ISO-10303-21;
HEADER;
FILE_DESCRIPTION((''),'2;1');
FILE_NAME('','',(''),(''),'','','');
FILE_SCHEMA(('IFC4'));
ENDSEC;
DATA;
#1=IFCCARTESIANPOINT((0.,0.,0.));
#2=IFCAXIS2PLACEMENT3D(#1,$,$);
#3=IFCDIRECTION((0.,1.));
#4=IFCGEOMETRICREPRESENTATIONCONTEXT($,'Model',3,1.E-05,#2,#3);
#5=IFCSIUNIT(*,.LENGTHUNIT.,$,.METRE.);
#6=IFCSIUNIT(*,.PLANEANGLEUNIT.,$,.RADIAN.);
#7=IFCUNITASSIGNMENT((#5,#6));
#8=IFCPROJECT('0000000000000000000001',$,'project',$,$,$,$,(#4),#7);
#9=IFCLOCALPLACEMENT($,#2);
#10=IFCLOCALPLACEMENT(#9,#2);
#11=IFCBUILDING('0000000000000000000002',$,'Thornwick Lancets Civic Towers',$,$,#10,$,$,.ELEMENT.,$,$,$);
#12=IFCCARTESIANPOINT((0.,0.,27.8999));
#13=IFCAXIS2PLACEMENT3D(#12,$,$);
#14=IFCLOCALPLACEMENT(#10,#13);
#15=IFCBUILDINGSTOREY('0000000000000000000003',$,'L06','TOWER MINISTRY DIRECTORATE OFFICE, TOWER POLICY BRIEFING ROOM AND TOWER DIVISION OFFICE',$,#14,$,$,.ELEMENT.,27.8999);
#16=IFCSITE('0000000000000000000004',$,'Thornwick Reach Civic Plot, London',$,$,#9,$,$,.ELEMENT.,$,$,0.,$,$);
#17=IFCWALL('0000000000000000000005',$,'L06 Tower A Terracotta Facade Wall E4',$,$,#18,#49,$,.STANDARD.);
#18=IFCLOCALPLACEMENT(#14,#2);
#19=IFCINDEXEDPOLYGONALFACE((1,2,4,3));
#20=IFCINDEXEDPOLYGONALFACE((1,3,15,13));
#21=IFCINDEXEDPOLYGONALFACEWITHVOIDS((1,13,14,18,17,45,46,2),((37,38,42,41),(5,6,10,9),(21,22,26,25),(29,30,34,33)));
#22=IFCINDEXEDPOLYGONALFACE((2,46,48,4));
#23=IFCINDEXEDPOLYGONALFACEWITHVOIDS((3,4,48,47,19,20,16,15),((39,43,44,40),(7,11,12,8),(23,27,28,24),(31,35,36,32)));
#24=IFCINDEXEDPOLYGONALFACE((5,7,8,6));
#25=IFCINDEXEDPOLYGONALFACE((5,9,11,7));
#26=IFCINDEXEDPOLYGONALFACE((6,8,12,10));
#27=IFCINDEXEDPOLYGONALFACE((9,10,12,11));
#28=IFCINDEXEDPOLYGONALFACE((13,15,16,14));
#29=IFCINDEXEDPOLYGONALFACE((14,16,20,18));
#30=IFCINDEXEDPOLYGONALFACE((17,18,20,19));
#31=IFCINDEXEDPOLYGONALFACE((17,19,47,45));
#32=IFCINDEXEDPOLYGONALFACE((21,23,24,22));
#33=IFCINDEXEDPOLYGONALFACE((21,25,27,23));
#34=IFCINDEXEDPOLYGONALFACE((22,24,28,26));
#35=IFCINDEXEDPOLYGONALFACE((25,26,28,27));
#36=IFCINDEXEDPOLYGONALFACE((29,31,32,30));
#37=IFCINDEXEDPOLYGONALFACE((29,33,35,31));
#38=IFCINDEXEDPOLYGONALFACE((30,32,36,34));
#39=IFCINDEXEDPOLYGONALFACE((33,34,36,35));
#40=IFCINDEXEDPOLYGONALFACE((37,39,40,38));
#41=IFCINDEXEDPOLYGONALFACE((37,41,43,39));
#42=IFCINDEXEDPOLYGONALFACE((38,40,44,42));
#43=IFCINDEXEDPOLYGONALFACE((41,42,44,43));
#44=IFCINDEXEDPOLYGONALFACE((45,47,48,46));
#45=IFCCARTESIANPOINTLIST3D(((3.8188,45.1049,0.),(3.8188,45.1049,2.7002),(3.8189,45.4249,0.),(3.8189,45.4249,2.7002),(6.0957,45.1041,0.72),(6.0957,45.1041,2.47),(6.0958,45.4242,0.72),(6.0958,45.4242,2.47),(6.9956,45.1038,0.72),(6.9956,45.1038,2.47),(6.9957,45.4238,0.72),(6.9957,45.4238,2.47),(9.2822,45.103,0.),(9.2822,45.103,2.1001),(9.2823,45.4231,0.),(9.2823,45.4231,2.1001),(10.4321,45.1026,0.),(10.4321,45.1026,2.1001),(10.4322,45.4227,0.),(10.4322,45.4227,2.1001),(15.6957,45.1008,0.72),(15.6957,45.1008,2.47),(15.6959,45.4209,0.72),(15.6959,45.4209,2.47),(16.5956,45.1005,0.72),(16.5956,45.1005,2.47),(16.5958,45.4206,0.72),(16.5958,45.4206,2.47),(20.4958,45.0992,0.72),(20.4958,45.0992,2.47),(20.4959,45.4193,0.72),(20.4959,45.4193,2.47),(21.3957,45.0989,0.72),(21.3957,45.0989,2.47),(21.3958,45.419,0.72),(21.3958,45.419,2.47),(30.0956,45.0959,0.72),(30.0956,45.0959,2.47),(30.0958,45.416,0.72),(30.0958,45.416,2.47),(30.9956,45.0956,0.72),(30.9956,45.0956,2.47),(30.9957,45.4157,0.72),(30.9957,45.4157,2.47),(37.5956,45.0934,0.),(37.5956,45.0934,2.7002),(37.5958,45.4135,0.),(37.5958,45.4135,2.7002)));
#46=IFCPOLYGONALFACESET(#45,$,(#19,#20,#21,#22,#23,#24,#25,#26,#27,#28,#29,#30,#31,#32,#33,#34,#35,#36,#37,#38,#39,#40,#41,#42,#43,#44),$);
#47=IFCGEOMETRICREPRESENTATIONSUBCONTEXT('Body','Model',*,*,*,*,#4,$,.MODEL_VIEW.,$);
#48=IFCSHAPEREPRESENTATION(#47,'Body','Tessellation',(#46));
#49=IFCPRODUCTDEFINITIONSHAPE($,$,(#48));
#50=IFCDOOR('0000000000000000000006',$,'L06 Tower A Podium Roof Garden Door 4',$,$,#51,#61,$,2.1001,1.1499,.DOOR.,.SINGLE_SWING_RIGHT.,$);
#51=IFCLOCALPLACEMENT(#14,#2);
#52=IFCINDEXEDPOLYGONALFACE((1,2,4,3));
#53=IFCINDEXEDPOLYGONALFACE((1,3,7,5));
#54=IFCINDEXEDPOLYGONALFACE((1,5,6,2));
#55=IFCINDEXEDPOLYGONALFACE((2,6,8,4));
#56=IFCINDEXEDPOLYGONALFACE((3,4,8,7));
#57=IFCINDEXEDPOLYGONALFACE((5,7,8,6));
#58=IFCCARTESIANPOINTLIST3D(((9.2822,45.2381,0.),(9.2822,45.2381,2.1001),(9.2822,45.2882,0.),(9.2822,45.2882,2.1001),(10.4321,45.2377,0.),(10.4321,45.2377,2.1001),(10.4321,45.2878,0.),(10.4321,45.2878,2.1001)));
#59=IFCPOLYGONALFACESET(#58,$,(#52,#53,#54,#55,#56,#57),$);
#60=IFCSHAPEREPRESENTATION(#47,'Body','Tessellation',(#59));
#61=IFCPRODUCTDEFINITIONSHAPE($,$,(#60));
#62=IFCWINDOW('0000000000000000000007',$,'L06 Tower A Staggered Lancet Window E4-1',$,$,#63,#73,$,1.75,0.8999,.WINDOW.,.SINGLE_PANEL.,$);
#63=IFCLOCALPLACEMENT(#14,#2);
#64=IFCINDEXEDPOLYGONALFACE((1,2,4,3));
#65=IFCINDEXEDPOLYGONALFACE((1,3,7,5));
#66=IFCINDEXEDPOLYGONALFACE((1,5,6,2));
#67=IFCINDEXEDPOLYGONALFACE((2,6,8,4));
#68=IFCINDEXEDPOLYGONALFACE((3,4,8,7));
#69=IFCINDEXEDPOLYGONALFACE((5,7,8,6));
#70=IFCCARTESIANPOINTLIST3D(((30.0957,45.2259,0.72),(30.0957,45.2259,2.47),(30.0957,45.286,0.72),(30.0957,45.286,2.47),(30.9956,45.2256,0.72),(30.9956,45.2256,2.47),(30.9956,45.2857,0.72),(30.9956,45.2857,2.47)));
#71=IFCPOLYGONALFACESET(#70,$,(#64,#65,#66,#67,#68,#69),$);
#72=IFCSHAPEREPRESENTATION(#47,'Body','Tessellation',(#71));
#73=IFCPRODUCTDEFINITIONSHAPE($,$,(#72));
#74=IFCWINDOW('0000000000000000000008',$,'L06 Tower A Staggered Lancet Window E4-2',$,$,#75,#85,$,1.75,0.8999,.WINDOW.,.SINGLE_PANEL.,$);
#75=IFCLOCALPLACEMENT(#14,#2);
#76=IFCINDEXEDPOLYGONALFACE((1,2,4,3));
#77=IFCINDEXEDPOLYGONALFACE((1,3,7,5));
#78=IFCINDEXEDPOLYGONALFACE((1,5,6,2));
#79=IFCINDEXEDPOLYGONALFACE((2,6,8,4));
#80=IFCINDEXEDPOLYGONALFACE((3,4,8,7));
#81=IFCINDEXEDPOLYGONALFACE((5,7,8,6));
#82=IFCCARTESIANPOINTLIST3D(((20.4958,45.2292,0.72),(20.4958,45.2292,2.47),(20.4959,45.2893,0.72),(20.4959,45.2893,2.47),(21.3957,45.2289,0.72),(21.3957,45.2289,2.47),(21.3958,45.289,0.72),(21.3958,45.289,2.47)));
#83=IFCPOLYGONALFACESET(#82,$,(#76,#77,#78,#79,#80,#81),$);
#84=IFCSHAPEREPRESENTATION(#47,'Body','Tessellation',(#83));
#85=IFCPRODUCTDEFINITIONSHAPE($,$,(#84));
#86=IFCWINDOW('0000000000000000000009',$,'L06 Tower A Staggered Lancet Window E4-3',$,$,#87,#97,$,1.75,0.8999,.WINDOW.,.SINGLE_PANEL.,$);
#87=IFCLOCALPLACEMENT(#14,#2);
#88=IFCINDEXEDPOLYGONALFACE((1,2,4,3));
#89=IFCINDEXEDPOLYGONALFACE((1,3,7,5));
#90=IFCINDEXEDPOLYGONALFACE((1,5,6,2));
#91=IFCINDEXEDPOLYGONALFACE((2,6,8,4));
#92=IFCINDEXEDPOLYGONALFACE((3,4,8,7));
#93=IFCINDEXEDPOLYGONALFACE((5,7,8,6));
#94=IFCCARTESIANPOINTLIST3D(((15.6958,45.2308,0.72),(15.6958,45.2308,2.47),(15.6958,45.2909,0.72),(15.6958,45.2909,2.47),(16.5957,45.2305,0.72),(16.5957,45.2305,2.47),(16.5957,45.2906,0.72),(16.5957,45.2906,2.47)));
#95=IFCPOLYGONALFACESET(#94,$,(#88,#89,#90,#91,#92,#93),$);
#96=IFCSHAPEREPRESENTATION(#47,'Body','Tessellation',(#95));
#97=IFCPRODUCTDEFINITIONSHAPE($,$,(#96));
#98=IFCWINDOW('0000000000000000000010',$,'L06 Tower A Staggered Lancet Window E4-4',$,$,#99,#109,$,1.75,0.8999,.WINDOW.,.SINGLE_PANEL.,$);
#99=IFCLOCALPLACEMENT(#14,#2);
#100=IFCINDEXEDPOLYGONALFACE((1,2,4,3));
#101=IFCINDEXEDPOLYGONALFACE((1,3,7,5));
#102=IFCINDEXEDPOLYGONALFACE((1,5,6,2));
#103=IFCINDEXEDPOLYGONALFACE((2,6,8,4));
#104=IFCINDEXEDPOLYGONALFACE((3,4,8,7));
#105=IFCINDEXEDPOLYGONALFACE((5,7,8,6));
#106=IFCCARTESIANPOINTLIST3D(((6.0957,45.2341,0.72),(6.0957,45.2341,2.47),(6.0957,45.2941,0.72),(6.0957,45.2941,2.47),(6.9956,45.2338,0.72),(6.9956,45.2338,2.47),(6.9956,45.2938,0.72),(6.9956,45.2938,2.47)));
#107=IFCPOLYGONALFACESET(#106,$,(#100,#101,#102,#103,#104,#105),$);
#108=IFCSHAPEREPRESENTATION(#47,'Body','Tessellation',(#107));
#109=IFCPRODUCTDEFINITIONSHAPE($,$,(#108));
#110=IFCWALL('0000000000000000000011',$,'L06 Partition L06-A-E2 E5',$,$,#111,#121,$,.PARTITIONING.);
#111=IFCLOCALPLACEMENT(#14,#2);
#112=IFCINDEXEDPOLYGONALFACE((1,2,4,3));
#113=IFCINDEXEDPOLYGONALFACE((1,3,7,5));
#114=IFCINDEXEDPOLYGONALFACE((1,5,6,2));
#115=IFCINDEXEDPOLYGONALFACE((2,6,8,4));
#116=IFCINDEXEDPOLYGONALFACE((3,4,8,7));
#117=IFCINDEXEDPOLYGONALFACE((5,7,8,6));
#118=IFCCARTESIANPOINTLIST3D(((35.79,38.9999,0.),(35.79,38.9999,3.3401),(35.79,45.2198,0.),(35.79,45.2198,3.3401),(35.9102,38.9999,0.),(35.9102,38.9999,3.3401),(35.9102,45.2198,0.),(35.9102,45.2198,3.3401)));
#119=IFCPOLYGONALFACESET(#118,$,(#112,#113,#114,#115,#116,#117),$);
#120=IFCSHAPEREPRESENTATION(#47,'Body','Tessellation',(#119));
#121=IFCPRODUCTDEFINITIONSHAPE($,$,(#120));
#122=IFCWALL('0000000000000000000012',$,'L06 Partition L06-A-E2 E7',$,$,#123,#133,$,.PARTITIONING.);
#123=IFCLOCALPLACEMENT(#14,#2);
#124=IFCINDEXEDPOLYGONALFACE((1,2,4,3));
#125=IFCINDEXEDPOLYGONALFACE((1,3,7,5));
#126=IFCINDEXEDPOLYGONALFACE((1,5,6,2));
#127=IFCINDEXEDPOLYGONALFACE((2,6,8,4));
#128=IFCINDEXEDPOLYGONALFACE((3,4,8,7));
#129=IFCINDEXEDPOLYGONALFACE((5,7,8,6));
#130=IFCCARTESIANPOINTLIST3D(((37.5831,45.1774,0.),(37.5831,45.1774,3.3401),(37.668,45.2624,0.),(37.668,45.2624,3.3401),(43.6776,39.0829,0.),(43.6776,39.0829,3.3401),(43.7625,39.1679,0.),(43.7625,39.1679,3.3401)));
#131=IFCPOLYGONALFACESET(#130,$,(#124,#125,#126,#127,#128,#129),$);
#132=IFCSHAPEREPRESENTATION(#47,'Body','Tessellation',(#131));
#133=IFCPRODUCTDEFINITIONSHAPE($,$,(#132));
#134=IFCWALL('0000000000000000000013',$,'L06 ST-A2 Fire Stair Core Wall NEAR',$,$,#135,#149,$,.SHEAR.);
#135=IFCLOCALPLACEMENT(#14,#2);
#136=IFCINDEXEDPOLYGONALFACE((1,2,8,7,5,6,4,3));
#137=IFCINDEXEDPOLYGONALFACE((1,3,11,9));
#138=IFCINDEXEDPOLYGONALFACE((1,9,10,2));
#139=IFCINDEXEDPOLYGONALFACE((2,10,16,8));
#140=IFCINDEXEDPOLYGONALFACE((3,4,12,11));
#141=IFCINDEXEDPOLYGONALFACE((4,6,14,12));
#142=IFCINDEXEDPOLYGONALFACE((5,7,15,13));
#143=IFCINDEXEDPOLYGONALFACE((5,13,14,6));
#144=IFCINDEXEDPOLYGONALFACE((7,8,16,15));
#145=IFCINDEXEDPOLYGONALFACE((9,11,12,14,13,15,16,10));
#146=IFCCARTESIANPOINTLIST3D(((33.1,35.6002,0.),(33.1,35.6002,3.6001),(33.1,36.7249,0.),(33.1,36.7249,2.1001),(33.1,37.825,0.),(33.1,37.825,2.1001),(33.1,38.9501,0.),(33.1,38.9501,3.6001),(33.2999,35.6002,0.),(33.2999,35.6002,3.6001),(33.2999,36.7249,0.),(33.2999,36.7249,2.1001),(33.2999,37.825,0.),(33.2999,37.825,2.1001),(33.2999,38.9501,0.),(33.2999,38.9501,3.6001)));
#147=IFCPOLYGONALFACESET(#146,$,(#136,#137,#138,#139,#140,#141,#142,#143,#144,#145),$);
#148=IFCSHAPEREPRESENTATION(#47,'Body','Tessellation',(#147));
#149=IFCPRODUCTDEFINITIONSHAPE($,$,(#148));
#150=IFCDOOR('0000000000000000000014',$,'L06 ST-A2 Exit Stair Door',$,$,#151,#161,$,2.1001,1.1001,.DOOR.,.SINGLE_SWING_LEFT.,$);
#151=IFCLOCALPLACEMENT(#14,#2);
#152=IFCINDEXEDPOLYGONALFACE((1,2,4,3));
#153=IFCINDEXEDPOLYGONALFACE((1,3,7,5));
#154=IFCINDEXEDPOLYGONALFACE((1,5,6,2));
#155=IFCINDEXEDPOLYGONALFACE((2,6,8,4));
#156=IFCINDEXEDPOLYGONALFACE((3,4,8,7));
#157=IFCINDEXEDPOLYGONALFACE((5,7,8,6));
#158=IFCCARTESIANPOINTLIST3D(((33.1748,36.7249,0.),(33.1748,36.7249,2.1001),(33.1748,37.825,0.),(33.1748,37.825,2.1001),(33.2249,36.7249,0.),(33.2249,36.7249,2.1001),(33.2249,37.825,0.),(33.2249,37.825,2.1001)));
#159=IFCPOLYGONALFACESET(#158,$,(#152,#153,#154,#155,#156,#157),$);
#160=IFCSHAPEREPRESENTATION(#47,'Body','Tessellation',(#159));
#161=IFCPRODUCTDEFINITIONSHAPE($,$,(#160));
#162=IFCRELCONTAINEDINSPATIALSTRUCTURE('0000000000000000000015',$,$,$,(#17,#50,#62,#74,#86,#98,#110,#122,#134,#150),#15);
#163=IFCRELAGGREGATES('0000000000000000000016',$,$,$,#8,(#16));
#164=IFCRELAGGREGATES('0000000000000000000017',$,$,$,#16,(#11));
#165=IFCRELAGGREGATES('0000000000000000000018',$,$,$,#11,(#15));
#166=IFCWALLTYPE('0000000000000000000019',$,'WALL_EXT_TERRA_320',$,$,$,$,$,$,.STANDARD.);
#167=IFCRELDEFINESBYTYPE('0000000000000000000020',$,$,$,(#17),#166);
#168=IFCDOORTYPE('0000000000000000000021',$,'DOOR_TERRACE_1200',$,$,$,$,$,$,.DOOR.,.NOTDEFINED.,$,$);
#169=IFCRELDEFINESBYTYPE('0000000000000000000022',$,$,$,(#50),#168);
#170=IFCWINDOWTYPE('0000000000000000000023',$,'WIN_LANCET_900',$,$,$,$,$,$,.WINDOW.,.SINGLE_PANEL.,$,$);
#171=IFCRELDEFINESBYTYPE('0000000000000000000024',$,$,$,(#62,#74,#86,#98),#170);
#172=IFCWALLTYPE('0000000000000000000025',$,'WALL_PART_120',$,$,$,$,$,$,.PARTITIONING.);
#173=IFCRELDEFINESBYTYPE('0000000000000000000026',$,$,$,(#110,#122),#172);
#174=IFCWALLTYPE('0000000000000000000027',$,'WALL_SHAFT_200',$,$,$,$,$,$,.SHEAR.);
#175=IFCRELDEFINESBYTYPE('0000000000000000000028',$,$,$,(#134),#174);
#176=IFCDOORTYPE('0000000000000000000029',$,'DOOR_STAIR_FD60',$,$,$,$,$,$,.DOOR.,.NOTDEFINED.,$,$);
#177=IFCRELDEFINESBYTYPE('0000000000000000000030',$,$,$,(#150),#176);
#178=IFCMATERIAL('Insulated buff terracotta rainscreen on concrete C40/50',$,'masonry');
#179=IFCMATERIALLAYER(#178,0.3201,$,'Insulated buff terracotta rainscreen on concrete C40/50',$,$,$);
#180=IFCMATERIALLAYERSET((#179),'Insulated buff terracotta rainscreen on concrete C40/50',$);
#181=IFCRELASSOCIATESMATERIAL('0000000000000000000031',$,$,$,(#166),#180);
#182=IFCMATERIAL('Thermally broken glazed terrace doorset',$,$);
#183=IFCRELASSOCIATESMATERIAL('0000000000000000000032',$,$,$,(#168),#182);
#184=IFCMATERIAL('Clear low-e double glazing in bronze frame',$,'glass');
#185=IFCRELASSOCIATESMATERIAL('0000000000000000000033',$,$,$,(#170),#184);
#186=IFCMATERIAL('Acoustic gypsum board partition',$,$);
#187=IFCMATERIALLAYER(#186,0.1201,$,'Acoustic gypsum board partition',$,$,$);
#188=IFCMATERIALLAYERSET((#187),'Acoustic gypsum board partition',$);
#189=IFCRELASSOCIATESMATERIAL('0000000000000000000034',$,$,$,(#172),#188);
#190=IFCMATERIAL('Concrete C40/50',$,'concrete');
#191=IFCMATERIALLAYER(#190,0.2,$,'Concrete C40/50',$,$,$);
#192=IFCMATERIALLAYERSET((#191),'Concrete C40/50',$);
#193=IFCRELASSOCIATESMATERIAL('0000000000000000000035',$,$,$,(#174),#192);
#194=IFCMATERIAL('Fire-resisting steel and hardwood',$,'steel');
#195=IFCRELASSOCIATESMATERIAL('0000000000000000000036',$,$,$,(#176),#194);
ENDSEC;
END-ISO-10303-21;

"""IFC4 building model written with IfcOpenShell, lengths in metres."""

from ifc_helpers import new_model, si_unit, direction, frame, frame_2d, origin, place, context, subcontext, project, spatial, rectangle, extrude, material, layer, layer_set, type_object, element, fill, save


model = new_model("IFC4")

# Units and contexts
model_context = context("Model", 3, precision=1e-05, world=origin(), true_north=direction((0.0, 1.0)))
body_context = subcontext(model_context, "Body", "Model", "MODEL_VIEW")
ifc_project = project(units=[si_unit("LENGTHUNIT", "METRE"), si_unit("PLANEANGLEUNIT", "RADIAN")], contexts=[model_context])

# Site, building, storey
site_placement = place(None, origin())
site = spatial("IfcSite", under=ifc_project, at=site_placement, Name="Thornwick Reach Civic Plot, London", CompositionType="ELEMENT", RefElevation=0.0)
building_placement = place(site_placement, origin())
building = spatial("IfcBuilding", under=site, at=building_placement, Name="Thornwick Lancets Civic Towers", CompositionType="ELEMENT")
storey_placement = place(building_placement, frame((0.0, 0.0, 27.8999)))
storey = spatial("IfcBuildingStorey", under=building, at=storey_placement, Name="L06", Description="TOWER MINISTRY DIRECTORATE OFFICE, TOWER POLICY BRIEFING ROOM AND TOWER DIVISION OFFICE", CompositionType="ELEMENT", Elevation=27.8999)

# Wall, openings, door, windows
ifc_material_1 = material(Name="Insulated buff terracotta rainscreen on concrete C40/50", Category="masonry")
ifc_layer_1 = layer(ifc_material_1, 0.3201, Name="Insulated buff terracotta rainscreen on concrete C40/50")
ifc_layer_set_1 = layer_set([ifc_layer_1], Name="Insulated buff terracotta rainscreen on concrete C40/50")
wall_type_1 = type_object("IfcWallType", Name="WALL_EXT_TERRA_320", PredefinedType="STANDARD", material=ifc_layer_set_1)
wall_1_placement = place(storey_placement, frame((37.5957, 45.2534, 0.0), z_axis=(0.0, 0.0, 1.0), x_axis=(-1.0, 0.00034, 0.0)))
wall_1 = element("IfcWall", 1, at=wall_1_placement, inside=storey, type_object=wall_type_1, Name="L06 Tower A Terracotta Facade Wall E4", PredefinedType="STANDARD", context=body_context, shape_type="SweptSolid", body=[
    extrude(rectangle(XDim=33.7769, YDim=0.3201, at=frame_2d((16.8884, 0.0))), origin(), (0.0, 0.0, 1.0), 2.7002),
])
opening_1_placement = place(wall_1_placement, frame((27.1636, 0.0, 0.0)))
opening_1 = element("IfcOpeningElement", 2, at=opening_1_placement, cuts=wall_1, PredefinedType="OPENING", context=body_context, shape_type="SweptSolid", body=[
    extrude(rectangle(XDim=1.1499, YDim=2.1001, at=frame_2d((0.575, 1.05))), frame((0.0, 0.1699, 0.0), z_axis=(0.0, -1.0, 0.0), x_axis=(1.0, 0.0, 0.0)), (0.0, 0.0, 1.0), 0.3401),
])
opening_2_placement = place(wall_1_placement, frame((6.6001, 0.0, 0.72)))
opening_2 = element("IfcOpeningElement", 3, at=opening_2_placement, cuts=wall_1, PredefinedType="OPENING", context=body_context, shape_type="SweptSolid", body=[
    extrude(rectangle(XDim=0.8999, YDim=1.75, at=frame_2d((0.45, 0.875))), frame((0.0, 0.1699, 0.0), z_axis=(0.0, -1.0, 0.0), x_axis=(1.0, 0.0, 0.0)), (0.0, 0.0, 1.0), 0.3401),
])
opening_3_placement = place(wall_1_placement, frame((16.2, 0.0, 0.72)))
opening_3 = element("IfcOpeningElement", 4, at=opening_3_placement, cuts=wall_1, PredefinedType="OPENING", context=body_context, shape_type="SweptSolid", body=[
    extrude(rectangle(XDim=0.8999, YDim=1.75, at=frame_2d((0.45, 0.875))), frame((0.0, 0.1699, 0.0), z_axis=(0.0, -1.0, 0.0), x_axis=(1.0, 0.0, 0.0)), (0.0, 0.0, 1.0), 0.3401),
])
opening_4_placement = place(wall_1_placement, frame((21.0, 0.0, 0.72)))
opening_4 = element("IfcOpeningElement", 5, at=opening_4_placement, cuts=wall_1, PredefinedType="OPENING", context=body_context, shape_type="SweptSolid", body=[
    extrude(rectangle(XDim=0.8999, YDim=1.75, at=frame_2d((0.45, 0.875))), frame((0.0, 0.1699, 0.0), z_axis=(0.0, -1.0, 0.0), x_axis=(1.0, 0.0, 0.0)), (0.0, 0.0, 1.0), 0.3401),
])
opening_5_placement = place(wall_1_placement, frame((30.6001, 0.0, 0.72)))
opening_5 = element("IfcOpeningElement", 6, at=opening_5_placement, cuts=wall_1, PredefinedType="OPENING", context=body_context, shape_type="SweptSolid", body=[
    extrude(rectangle(XDim=0.8999, YDim=1.75, at=frame_2d((0.45, 0.875))), frame((0.0, 0.1699, 0.0), z_axis=(0.0, -1.0, 0.0), x_axis=(1.0, 0.0, 0.0)), (0.0, 0.0, 1.0), 0.3401),
])
ifc_material_2 = material(Name="Thermally broken glazed terrace doorset")
door_type_1 = type_object("IfcDoorType", Name="DOOR_TERRACE_1200", OperationType="NOTDEFINED", PredefinedType="DOOR", material=ifc_material_2)
door_1_placement = place(opening_1_placement, origin())
door_1 = element("IfcDoor", 7, at=door_1_placement, inside=storey, type_object=door_type_1, Name="L06 Tower A Podium Roof Garden Door 4", OperationType="SINGLE_SWING_RIGHT", OverallHeight=2.1001, OverallWidth=1.1499, PredefinedType="DOOR", context=body_context, shape_type="SweptSolid", body=[
    extrude(rectangle(XDim=1.1499, YDim=2.1001, at=frame_2d((0.575, 1.05))), frame((0.0, 0.0249, 0.0), z_axis=(0.0, -1.0, 0.0), x_axis=(1.0, 0.0, 0.0)), (0.0, 0.0, 1.0), 0.05),
])
fill(opening_1, door_1)
ifc_material_3 = material(Name="Clear low-e double glazing in bronze frame", Category="glass")
window_type = type_object("IfcWindowType", Name="WIN_LANCET_900", PartitioningType="SINGLE_PANEL", PredefinedType="WINDOW", material=ifc_material_3)
window_1_placement = place(opening_2_placement, origin())
window_1 = element("IfcWindow", 8, at=window_1_placement, inside=storey, type_object=window_type, Name="L06 Tower A Staggered Lancet Window E4-1", OverallHeight=1.75, OverallWidth=0.8999, PartitioningType="SINGLE_PANEL", PredefinedType="WINDOW", context=body_context, shape_type="SweptSolid", body=[
    extrude(rectangle(XDim=0.8999, YDim=1.75, at=frame_2d((0.45, 0.875))), frame((0.0, 0.03, 0.0), z_axis=(0.0, -1.0, 0.0), x_axis=(1.0, 0.0, 0.0)), (0.0, 0.0, 1.0), 0.0601),
])
fill(opening_2, window_1)
window_2_placement = place(opening_3_placement, origin())
window_2 = element("IfcWindow", 9, at=window_2_placement, inside=storey, type_object=window_type, Name="L06 Tower A Staggered Lancet Window E4-2", OverallHeight=1.75, OverallWidth=0.8999, PartitioningType="SINGLE_PANEL", PredefinedType="WINDOW", context=body_context, shape_type="SweptSolid", body=[
    extrude(rectangle(XDim=0.8999, YDim=1.75, at=frame_2d((0.45, 0.875))), frame((0.0, 0.03, 0.0), z_axis=(0.0, -1.0, 0.0), x_axis=(1.0, 0.0, 0.0)), (0.0, 0.0, 1.0), 0.0601),
])
fill(opening_3, window_2)
window_3_placement = place(opening_4_placement, origin())
window_3 = element("IfcWindow", 10, at=window_3_placement, inside=storey, type_object=window_type, Name="L06 Tower A Staggered Lancet Window E4-3", OverallHeight=1.75, OverallWidth=0.8999, PartitioningType="SINGLE_PANEL", PredefinedType="WINDOW", context=body_context, shape_type="SweptSolid", body=[
    extrude(rectangle(XDim=0.8999, YDim=1.75, at=frame_2d((0.45, 0.875))), frame((0.0, 0.03, 0.0), z_axis=(0.0, -1.0, 0.0), x_axis=(1.0, 0.0, 0.0)), (0.0, 0.0, 1.0), 0.0601),
])
fill(opening_4, window_3)
window_4_placement = place(opening_5_placement, origin())
window_4 = element("IfcWindow", 11, at=window_4_placement, inside=storey, type_object=window_type, Name="L06 Tower A Staggered Lancet Window E4-4", OverallHeight=1.75, OverallWidth=0.8999, PartitioningType="SINGLE_PANEL", PredefinedType="WINDOW", context=body_context, shape_type="SweptSolid", body=[
    extrude(rectangle(XDim=0.8999, YDim=1.75, at=frame_2d((0.45, 0.875))), frame((0.0, 0.03, 0.0), z_axis=(0.0, -1.0, 0.0), x_axis=(1.0, 0.0, 0.0)), (0.0, 0.0, 1.0), 0.0601),
])
fill(opening_5, window_4)

# Walls
ifc_material_4 = material(Name="Acoustic gypsum board partition")
ifc_layer_2 = layer(ifc_material_4, 0.1201, Name="Acoustic gypsum board partition")
ifc_layer_set_2 = layer_set([ifc_layer_2], Name="Acoustic gypsum board partition")
wall_type_2 = type_object("IfcWallType", Name="WALL_PART_120", PredefinedType="PARTITIONING", material=ifc_layer_set_2)
wall_2_placement = place(storey_placement, frame((35.8501, 39.0, 0.0), z_axis=(0.0, 0.0, 1.0), x_axis=(0.0, 1.0, 0.0)))
element("IfcWall", 12, at=wall_2_placement, inside=storey, type_object=wall_type_2, Name="L06 Partition L06-A-E2 E5", PredefinedType="PARTITIONING", context=body_context, shape_type="SweptSolid", body=[
    extrude(rectangle(XDim=6.22, YDim=0.1201, at=frame_2d((3.1099, 0.0))), origin(), (0.0, 0.0, 1.0), 3.3401),
])
wall_3_placement = place(storey_placement, frame((37.6255, 45.22, 0.0), z_axis=(0.0, 0.0, 1.0), x_axis=(0.707107, -0.707107, 0.0)))
element("IfcWall", 13, at=wall_3_placement, inside=storey, type_object=wall_type_2, Name="L06 Partition L06-A-E2 E7", PredefinedType="PARTITIONING", context=body_context, shape_type="SweptSolid", body=[
    extrude(rectangle(XDim=8.6189, YDim=0.1201, at=frame_2d((4.3096, 0.0))), origin(), (0.0, 0.0, 1.0), 3.3401),
])

# Wall, opening, door
ifc_material_5 = material(Name="Concrete C40/50", Category="concrete")
ifc_layer_3 = layer(ifc_material_5, 0.2, Name="Concrete C40/50")
ifc_layer_set_3 = layer_set([ifc_layer_3], Name="Concrete C40/50")
wall_type_3 = type_object("IfcWallType", Name="WALL_SHAFT_200", PredefinedType="SHEAR", material=ifc_layer_set_3)
wall_4_placement = place(storey_placement, frame((33.2, 38.95, 0.0), z_axis=(0.0, 0.0, 1.0), x_axis=(0.0, -1.0, 0.0)))
wall_4 = element("IfcWall", 14, at=wall_4_placement, inside=storey, type_object=wall_type_3, Name="L06 ST-A2 Fire Stair Core Wall NEAR", PredefinedType="SHEAR", context=body_context, shape_type="SweptSolid", body=[
    extrude(rectangle(XDim=3.3499, YDim=0.2, at=frame_2d((1.6748, 0.0))), origin(), (0.0, 0.0, 1.0), 3.6001),
])
opening_6_placement = place(wall_4_placement, frame((1.125, 0.0, 0.0)))
opening_6 = element("IfcOpeningElement", 15, at=opening_6_placement, cuts=wall_4, PredefinedType="OPENING", context=body_context, shape_type="SweptSolid", body=[
    extrude(rectangle(XDim=1.1001, YDim=2.1001, at=frame_2d((0.55, 1.05))), frame((0.0, 0.1099, 0.0), z_axis=(0.0, -1.0, 0.0), x_axis=(1.0, 0.0, 0.0)), (0.0, 0.0, 1.0), 0.22),
])
ifc_material_6 = material(Name="Fire-resisting steel and hardwood", Category="steel")
door_type_2 = type_object("IfcDoorType", Name="DOOR_STAIR_FD60", OperationType="NOTDEFINED", PredefinedType="DOOR", material=ifc_material_6)
door_2_placement = place(opening_6_placement, origin())
door_2 = element("IfcDoor", 16, at=door_2_placement, inside=storey, type_object=door_type_2, Name="L06 ST-A2 Exit Stair Door", OperationType="SINGLE_SWING_LEFT", OverallHeight=2.1001, OverallWidth=1.1001, PredefinedType="DOOR", context=body_context, shape_type="SweptSolid", body=[
    extrude(rectangle(XDim=1.1001, YDim=2.1001, at=frame_2d((0.55, 1.05))), frame((0.0, 0.0249, 0.0), z_axis=(0.0, -1.0, 0.0), x_axis=(1.0, 0.0, 0.0)), (0.0, 0.0, 1.0), 0.05),
])
fill(opening_6, door_2)

save(model, "model.ifc")
